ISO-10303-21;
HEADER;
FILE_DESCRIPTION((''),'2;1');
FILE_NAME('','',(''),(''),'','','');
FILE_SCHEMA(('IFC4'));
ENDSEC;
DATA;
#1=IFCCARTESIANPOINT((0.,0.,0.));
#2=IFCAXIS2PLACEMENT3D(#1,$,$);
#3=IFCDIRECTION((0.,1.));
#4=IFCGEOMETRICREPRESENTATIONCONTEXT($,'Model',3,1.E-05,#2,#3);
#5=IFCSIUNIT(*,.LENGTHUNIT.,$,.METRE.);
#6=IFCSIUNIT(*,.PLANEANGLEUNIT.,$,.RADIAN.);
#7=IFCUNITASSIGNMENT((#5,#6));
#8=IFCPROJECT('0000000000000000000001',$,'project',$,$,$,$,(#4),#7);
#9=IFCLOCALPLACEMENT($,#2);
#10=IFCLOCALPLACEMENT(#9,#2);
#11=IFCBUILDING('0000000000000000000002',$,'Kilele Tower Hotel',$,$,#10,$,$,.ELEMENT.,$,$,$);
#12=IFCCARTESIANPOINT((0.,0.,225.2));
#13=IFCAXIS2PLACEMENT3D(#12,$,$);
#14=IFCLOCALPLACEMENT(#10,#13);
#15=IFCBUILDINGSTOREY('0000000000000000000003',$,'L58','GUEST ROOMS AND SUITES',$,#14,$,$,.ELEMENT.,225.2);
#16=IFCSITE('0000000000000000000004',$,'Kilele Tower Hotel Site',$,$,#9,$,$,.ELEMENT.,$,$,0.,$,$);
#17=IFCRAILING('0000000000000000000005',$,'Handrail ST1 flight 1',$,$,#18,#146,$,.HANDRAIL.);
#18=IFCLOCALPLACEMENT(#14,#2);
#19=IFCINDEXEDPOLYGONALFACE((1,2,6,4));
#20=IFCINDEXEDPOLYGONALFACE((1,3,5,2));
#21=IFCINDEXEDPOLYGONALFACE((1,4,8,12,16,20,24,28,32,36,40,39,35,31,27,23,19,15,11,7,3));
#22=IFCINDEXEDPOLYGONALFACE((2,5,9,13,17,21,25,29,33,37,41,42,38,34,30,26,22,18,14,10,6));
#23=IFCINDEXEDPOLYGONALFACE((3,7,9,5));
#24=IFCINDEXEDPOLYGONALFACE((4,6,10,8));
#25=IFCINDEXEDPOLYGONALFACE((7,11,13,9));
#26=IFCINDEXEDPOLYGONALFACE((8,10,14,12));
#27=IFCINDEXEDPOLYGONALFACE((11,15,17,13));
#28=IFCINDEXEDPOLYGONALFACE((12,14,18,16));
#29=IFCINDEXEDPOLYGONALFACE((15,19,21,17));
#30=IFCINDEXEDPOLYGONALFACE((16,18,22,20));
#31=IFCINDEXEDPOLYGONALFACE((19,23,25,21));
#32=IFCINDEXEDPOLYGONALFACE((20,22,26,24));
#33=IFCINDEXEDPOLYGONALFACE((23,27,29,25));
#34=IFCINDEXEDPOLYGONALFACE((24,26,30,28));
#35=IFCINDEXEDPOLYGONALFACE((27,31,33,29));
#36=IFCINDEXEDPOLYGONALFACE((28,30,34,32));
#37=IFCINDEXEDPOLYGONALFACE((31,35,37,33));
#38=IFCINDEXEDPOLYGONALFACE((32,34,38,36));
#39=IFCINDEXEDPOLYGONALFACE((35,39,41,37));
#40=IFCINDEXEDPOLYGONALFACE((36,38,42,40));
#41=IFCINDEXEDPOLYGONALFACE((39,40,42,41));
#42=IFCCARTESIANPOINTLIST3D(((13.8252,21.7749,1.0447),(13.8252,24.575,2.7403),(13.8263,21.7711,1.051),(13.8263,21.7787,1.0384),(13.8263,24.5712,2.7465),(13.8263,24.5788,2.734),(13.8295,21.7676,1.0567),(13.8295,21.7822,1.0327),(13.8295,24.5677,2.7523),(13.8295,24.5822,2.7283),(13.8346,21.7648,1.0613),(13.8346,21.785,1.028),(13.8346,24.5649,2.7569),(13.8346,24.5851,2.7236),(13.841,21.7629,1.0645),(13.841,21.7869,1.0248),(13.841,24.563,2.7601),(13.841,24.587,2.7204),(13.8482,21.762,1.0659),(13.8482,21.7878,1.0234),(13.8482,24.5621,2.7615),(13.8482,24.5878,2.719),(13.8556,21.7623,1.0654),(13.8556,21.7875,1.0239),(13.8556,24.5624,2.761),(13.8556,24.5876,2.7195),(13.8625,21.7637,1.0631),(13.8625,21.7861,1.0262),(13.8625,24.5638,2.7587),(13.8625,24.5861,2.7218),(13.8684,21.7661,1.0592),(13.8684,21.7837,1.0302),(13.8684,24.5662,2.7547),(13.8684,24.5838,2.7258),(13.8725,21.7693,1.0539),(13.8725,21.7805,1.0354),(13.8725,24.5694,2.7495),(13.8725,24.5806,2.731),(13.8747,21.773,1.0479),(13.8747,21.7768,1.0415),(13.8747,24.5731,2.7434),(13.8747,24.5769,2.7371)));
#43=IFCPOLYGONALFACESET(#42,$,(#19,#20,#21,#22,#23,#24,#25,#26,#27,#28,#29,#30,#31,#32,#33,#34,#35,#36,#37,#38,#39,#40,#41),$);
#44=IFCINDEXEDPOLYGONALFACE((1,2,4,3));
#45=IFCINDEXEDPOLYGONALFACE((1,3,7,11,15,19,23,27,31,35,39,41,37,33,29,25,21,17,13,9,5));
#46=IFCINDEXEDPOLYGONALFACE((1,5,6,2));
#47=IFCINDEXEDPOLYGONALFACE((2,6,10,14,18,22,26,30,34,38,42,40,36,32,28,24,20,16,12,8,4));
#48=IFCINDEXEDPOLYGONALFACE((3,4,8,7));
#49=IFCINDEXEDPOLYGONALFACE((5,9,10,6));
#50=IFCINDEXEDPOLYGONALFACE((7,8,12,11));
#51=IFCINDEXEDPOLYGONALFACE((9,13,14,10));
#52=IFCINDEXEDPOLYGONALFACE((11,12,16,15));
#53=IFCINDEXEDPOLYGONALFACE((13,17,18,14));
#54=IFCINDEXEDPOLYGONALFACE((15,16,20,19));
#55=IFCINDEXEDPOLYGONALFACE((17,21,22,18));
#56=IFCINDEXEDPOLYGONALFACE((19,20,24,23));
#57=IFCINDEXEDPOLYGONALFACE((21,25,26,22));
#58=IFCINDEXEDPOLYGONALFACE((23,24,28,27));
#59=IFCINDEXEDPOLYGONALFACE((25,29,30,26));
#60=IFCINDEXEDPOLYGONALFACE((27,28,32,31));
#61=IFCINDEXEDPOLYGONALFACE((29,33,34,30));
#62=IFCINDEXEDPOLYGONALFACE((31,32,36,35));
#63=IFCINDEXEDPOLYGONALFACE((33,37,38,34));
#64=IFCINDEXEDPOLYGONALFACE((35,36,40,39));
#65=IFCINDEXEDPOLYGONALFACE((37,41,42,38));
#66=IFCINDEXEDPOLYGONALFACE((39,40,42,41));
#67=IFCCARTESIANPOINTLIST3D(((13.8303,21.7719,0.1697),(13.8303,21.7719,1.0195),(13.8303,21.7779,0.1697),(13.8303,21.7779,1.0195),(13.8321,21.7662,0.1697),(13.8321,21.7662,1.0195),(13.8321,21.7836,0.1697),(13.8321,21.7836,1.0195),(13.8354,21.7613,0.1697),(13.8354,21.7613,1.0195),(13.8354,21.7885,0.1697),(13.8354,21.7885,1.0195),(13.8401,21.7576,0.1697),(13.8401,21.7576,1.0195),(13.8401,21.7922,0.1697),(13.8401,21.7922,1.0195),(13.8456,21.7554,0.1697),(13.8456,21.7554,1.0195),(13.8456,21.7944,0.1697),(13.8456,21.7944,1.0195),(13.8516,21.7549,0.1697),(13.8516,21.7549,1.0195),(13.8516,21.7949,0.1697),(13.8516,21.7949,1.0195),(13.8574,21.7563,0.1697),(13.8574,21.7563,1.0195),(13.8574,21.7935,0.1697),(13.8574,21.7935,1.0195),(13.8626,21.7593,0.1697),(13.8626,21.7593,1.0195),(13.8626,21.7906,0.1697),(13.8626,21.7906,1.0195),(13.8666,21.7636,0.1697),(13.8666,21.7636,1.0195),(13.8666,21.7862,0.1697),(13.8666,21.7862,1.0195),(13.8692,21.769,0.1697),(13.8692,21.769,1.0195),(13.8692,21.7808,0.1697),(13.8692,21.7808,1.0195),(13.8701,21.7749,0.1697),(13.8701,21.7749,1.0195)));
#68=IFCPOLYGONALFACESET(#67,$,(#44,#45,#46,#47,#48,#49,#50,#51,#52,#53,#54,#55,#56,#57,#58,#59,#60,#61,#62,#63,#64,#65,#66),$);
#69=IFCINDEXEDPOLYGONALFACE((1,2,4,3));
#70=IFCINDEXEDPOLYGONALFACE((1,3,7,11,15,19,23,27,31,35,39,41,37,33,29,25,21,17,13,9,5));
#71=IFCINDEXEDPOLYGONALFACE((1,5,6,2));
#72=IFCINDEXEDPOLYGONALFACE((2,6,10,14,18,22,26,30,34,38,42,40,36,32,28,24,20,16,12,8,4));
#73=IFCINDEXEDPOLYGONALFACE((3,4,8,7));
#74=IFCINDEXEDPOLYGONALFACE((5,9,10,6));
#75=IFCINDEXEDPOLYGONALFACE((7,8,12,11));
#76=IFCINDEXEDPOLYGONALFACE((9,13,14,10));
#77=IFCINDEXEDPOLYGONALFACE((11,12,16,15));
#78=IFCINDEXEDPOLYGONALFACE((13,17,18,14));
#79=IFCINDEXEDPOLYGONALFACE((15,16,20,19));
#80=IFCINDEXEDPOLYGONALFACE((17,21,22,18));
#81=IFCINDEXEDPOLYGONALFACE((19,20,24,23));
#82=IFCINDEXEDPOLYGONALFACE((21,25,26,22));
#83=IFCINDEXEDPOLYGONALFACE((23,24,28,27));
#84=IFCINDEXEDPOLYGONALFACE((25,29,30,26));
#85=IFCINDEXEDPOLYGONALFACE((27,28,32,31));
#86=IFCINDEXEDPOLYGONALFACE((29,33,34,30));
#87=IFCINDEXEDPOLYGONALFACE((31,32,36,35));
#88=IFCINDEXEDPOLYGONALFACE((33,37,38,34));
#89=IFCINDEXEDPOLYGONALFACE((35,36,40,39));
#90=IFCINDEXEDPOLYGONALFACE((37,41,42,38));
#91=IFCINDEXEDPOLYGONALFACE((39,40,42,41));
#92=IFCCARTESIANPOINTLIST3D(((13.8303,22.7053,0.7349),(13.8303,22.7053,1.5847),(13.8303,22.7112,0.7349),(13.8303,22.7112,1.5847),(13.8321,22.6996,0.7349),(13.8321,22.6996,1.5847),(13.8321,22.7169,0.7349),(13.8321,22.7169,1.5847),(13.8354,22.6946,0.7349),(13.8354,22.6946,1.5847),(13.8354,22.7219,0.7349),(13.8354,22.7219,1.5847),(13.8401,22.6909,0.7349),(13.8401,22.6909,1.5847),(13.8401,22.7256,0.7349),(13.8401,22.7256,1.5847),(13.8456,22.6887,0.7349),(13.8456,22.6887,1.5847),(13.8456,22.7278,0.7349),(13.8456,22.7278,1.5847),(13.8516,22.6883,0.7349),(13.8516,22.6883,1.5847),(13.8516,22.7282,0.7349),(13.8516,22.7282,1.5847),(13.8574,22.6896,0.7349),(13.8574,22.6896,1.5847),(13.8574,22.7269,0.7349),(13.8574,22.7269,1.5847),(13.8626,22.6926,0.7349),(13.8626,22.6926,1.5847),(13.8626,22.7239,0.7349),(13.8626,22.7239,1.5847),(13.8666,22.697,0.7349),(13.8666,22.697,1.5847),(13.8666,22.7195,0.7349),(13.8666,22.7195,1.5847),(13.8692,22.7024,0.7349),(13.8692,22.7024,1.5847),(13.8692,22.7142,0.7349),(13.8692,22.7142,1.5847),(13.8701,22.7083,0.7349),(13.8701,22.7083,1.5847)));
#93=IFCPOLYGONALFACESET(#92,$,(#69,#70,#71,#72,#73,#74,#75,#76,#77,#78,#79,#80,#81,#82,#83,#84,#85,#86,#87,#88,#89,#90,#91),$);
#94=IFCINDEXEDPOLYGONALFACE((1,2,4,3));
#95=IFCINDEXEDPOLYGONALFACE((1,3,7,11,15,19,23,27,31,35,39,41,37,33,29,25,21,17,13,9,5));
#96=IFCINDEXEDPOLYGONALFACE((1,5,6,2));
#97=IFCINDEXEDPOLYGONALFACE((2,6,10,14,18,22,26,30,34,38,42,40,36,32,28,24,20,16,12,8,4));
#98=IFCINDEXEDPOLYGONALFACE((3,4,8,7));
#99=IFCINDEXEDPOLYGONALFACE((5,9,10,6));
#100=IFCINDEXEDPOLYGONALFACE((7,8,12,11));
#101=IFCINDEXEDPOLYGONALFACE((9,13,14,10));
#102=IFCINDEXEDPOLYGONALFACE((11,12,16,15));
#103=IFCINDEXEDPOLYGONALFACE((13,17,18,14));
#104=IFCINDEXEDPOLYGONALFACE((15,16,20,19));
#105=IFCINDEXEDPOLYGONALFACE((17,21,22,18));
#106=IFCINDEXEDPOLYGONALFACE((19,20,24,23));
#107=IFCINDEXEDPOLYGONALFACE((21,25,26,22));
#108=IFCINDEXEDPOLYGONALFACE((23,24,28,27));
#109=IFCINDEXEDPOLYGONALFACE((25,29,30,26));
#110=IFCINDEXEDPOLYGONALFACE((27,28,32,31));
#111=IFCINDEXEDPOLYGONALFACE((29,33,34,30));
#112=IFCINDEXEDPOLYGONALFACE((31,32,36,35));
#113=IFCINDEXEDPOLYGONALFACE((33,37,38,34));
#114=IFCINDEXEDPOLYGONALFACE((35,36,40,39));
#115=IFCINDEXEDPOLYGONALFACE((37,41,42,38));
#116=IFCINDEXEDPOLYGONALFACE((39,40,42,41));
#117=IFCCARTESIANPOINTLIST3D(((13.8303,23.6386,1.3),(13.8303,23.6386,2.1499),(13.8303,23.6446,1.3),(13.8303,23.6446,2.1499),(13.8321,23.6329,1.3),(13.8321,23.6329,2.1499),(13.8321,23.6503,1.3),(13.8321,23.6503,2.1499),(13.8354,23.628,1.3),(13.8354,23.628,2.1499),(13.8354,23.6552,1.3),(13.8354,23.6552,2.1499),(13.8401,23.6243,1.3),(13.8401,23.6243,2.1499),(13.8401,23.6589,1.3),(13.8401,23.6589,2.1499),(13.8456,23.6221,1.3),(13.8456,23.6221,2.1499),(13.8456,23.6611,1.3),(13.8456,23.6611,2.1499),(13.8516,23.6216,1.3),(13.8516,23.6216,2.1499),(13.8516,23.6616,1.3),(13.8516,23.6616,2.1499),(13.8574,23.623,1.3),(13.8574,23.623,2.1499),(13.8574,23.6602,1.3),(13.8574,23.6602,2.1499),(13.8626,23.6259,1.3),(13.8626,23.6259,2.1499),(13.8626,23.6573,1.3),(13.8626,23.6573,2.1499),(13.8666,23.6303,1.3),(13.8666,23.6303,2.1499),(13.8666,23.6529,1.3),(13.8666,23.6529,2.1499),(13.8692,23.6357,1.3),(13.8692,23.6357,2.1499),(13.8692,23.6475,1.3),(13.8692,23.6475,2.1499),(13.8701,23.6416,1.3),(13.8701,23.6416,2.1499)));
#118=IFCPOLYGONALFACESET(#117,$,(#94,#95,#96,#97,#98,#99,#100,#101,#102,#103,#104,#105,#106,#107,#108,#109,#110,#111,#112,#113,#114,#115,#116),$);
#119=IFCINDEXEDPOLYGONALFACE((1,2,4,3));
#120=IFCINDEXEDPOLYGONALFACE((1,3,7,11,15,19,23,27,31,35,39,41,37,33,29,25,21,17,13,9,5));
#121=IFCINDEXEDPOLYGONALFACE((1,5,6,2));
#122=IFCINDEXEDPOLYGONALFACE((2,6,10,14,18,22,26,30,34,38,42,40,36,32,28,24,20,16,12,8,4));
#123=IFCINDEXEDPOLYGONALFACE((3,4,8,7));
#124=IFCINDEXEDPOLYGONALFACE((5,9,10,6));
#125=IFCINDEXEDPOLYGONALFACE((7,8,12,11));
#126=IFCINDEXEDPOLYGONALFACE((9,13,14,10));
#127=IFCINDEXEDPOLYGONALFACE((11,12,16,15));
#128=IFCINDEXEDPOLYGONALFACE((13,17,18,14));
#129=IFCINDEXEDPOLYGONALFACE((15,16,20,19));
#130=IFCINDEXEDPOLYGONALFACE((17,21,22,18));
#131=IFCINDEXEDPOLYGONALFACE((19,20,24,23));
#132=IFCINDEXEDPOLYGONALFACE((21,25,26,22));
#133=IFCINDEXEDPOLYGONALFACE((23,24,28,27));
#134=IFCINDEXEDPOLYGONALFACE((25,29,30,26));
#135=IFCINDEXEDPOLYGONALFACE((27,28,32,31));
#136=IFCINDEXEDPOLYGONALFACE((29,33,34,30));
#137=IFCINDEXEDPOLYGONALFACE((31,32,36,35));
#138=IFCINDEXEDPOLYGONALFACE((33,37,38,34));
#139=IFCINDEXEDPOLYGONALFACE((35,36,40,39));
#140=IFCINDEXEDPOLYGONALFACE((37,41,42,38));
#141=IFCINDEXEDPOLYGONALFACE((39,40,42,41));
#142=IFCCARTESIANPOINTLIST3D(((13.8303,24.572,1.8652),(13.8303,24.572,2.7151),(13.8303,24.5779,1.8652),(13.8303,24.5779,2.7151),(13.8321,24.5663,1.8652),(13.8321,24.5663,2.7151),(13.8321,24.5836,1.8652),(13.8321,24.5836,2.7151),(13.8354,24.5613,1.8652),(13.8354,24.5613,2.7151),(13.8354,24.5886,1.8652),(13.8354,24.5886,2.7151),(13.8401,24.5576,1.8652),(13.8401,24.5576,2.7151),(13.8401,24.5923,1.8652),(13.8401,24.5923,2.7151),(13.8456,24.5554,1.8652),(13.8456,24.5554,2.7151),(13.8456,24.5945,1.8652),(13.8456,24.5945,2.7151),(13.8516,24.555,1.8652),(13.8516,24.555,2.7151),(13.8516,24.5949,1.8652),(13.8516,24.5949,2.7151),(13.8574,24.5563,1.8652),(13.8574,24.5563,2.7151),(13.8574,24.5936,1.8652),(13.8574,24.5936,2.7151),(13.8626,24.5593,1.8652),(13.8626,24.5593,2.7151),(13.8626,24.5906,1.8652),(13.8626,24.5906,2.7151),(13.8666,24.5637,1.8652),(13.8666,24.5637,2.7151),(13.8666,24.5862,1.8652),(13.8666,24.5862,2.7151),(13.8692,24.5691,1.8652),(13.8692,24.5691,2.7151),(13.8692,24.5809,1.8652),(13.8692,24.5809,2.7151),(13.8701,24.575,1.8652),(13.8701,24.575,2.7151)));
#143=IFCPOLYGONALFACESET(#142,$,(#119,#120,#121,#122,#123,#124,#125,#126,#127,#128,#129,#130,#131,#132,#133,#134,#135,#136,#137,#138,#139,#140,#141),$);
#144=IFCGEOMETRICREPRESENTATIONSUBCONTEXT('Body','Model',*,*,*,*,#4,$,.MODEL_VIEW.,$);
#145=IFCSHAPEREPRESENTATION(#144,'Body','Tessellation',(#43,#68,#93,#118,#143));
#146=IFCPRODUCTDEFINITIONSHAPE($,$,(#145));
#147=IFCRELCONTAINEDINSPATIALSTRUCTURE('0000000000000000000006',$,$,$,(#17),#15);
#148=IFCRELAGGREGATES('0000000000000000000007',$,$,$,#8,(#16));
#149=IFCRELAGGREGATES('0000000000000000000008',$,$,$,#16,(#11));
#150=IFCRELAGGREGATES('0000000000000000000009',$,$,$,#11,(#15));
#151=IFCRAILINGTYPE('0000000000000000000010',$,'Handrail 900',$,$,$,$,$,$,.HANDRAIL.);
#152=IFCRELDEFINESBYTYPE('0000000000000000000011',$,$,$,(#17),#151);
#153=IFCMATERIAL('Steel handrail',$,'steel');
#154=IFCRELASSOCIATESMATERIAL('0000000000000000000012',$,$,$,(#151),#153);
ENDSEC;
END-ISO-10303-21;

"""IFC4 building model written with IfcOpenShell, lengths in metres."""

from ifc_helpers import new_model, si_unit, direction, frame, origin, origin_2d, place, context, subcontext, project, spatial, circle, extrude, material, type_object, element, save


model = new_model("IFC4")

# Units and contexts
model_context = context("Model", 3, precision=1e-05, world=origin(), true_north=direction((0.0, 1.0)))
body_context = subcontext(model_context, "Body", "Model", "MODEL_VIEW")
ifc_project = project(units=[si_unit("LENGTHUNIT", "METRE"), si_unit("PLANEANGLEUNIT", "RADIAN")], contexts=[model_context])

# Site, building, storey
site_placement = place(None, origin())
site = spatial("IfcSite", under=ifc_project, at=site_placement, Name="Kilele Tower Hotel Site", CompositionType="ELEMENT", RefElevation=0.0)
building_placement = place(site_placement, origin())
building = spatial("IfcBuilding", under=site, at=building_placement, Name="Kilele Tower Hotel", CompositionType="ELEMENT")
storey_placement = place(building_placement, frame((0.0, 0.0, 225.2)))
storey = spatial("IfcBuildingStorey", under=building, at=storey_placement, Name="L58", Description="GUEST ROOMS AND SUITES", CompositionType="ELEMENT", Elevation=225.2)

# Railing
ifc_material_1 = material(Name="Steel handrail", Category="steel")
railing_type_1 = type_object("IfcRailingType", Name="Handrail 900", PredefinedType="HANDRAIL", material=ifc_material_1)
for number, where, name in (
    (1, (13.8501, 21.7749, 0.1697), "Handrail ST1 flight 1"),
):
    element("IfcRailing", number, at=place(storey_placement, frame(where)), inside=storey, type_object=railing_type_1, Name=name, PredefinedType="HANDRAIL", context=body_context, shape_type="SweptSolid", body=[
        extrude(circle(Radius=0.0249, at=origin_2d()), frame((0.0, 0.0, 0.875), z_axis=(0.0, 0.855393, 0.517979), x_axis=(-1.0, 0.0, 0.0)), (0.0, 0.0, 1.0), 3.2734),
        extrude(circle(Radius=0.02, at=origin_2d()), origin(), (0.0, 0.0, 1.0), 0.8499),
        extrude(circle(Radius=0.02, at=origin_2d()), frame((0.0, 0.9333, 0.5652)), (0.0, 0.0, 1.0), 0.8499),
        extrude(circle(Radius=0.02, at=origin_2d()), frame((0.0, 1.8667, 1.1304)), (0.0, 0.0, 1.0), 0.8499),
        extrude(circle(Radius=0.02, at=origin_2d()), frame((0.0, 2.8, 1.6956)), (0.0, 0.0, 1.0), 0.8499),
    ])

save(model, "model.ifc")
